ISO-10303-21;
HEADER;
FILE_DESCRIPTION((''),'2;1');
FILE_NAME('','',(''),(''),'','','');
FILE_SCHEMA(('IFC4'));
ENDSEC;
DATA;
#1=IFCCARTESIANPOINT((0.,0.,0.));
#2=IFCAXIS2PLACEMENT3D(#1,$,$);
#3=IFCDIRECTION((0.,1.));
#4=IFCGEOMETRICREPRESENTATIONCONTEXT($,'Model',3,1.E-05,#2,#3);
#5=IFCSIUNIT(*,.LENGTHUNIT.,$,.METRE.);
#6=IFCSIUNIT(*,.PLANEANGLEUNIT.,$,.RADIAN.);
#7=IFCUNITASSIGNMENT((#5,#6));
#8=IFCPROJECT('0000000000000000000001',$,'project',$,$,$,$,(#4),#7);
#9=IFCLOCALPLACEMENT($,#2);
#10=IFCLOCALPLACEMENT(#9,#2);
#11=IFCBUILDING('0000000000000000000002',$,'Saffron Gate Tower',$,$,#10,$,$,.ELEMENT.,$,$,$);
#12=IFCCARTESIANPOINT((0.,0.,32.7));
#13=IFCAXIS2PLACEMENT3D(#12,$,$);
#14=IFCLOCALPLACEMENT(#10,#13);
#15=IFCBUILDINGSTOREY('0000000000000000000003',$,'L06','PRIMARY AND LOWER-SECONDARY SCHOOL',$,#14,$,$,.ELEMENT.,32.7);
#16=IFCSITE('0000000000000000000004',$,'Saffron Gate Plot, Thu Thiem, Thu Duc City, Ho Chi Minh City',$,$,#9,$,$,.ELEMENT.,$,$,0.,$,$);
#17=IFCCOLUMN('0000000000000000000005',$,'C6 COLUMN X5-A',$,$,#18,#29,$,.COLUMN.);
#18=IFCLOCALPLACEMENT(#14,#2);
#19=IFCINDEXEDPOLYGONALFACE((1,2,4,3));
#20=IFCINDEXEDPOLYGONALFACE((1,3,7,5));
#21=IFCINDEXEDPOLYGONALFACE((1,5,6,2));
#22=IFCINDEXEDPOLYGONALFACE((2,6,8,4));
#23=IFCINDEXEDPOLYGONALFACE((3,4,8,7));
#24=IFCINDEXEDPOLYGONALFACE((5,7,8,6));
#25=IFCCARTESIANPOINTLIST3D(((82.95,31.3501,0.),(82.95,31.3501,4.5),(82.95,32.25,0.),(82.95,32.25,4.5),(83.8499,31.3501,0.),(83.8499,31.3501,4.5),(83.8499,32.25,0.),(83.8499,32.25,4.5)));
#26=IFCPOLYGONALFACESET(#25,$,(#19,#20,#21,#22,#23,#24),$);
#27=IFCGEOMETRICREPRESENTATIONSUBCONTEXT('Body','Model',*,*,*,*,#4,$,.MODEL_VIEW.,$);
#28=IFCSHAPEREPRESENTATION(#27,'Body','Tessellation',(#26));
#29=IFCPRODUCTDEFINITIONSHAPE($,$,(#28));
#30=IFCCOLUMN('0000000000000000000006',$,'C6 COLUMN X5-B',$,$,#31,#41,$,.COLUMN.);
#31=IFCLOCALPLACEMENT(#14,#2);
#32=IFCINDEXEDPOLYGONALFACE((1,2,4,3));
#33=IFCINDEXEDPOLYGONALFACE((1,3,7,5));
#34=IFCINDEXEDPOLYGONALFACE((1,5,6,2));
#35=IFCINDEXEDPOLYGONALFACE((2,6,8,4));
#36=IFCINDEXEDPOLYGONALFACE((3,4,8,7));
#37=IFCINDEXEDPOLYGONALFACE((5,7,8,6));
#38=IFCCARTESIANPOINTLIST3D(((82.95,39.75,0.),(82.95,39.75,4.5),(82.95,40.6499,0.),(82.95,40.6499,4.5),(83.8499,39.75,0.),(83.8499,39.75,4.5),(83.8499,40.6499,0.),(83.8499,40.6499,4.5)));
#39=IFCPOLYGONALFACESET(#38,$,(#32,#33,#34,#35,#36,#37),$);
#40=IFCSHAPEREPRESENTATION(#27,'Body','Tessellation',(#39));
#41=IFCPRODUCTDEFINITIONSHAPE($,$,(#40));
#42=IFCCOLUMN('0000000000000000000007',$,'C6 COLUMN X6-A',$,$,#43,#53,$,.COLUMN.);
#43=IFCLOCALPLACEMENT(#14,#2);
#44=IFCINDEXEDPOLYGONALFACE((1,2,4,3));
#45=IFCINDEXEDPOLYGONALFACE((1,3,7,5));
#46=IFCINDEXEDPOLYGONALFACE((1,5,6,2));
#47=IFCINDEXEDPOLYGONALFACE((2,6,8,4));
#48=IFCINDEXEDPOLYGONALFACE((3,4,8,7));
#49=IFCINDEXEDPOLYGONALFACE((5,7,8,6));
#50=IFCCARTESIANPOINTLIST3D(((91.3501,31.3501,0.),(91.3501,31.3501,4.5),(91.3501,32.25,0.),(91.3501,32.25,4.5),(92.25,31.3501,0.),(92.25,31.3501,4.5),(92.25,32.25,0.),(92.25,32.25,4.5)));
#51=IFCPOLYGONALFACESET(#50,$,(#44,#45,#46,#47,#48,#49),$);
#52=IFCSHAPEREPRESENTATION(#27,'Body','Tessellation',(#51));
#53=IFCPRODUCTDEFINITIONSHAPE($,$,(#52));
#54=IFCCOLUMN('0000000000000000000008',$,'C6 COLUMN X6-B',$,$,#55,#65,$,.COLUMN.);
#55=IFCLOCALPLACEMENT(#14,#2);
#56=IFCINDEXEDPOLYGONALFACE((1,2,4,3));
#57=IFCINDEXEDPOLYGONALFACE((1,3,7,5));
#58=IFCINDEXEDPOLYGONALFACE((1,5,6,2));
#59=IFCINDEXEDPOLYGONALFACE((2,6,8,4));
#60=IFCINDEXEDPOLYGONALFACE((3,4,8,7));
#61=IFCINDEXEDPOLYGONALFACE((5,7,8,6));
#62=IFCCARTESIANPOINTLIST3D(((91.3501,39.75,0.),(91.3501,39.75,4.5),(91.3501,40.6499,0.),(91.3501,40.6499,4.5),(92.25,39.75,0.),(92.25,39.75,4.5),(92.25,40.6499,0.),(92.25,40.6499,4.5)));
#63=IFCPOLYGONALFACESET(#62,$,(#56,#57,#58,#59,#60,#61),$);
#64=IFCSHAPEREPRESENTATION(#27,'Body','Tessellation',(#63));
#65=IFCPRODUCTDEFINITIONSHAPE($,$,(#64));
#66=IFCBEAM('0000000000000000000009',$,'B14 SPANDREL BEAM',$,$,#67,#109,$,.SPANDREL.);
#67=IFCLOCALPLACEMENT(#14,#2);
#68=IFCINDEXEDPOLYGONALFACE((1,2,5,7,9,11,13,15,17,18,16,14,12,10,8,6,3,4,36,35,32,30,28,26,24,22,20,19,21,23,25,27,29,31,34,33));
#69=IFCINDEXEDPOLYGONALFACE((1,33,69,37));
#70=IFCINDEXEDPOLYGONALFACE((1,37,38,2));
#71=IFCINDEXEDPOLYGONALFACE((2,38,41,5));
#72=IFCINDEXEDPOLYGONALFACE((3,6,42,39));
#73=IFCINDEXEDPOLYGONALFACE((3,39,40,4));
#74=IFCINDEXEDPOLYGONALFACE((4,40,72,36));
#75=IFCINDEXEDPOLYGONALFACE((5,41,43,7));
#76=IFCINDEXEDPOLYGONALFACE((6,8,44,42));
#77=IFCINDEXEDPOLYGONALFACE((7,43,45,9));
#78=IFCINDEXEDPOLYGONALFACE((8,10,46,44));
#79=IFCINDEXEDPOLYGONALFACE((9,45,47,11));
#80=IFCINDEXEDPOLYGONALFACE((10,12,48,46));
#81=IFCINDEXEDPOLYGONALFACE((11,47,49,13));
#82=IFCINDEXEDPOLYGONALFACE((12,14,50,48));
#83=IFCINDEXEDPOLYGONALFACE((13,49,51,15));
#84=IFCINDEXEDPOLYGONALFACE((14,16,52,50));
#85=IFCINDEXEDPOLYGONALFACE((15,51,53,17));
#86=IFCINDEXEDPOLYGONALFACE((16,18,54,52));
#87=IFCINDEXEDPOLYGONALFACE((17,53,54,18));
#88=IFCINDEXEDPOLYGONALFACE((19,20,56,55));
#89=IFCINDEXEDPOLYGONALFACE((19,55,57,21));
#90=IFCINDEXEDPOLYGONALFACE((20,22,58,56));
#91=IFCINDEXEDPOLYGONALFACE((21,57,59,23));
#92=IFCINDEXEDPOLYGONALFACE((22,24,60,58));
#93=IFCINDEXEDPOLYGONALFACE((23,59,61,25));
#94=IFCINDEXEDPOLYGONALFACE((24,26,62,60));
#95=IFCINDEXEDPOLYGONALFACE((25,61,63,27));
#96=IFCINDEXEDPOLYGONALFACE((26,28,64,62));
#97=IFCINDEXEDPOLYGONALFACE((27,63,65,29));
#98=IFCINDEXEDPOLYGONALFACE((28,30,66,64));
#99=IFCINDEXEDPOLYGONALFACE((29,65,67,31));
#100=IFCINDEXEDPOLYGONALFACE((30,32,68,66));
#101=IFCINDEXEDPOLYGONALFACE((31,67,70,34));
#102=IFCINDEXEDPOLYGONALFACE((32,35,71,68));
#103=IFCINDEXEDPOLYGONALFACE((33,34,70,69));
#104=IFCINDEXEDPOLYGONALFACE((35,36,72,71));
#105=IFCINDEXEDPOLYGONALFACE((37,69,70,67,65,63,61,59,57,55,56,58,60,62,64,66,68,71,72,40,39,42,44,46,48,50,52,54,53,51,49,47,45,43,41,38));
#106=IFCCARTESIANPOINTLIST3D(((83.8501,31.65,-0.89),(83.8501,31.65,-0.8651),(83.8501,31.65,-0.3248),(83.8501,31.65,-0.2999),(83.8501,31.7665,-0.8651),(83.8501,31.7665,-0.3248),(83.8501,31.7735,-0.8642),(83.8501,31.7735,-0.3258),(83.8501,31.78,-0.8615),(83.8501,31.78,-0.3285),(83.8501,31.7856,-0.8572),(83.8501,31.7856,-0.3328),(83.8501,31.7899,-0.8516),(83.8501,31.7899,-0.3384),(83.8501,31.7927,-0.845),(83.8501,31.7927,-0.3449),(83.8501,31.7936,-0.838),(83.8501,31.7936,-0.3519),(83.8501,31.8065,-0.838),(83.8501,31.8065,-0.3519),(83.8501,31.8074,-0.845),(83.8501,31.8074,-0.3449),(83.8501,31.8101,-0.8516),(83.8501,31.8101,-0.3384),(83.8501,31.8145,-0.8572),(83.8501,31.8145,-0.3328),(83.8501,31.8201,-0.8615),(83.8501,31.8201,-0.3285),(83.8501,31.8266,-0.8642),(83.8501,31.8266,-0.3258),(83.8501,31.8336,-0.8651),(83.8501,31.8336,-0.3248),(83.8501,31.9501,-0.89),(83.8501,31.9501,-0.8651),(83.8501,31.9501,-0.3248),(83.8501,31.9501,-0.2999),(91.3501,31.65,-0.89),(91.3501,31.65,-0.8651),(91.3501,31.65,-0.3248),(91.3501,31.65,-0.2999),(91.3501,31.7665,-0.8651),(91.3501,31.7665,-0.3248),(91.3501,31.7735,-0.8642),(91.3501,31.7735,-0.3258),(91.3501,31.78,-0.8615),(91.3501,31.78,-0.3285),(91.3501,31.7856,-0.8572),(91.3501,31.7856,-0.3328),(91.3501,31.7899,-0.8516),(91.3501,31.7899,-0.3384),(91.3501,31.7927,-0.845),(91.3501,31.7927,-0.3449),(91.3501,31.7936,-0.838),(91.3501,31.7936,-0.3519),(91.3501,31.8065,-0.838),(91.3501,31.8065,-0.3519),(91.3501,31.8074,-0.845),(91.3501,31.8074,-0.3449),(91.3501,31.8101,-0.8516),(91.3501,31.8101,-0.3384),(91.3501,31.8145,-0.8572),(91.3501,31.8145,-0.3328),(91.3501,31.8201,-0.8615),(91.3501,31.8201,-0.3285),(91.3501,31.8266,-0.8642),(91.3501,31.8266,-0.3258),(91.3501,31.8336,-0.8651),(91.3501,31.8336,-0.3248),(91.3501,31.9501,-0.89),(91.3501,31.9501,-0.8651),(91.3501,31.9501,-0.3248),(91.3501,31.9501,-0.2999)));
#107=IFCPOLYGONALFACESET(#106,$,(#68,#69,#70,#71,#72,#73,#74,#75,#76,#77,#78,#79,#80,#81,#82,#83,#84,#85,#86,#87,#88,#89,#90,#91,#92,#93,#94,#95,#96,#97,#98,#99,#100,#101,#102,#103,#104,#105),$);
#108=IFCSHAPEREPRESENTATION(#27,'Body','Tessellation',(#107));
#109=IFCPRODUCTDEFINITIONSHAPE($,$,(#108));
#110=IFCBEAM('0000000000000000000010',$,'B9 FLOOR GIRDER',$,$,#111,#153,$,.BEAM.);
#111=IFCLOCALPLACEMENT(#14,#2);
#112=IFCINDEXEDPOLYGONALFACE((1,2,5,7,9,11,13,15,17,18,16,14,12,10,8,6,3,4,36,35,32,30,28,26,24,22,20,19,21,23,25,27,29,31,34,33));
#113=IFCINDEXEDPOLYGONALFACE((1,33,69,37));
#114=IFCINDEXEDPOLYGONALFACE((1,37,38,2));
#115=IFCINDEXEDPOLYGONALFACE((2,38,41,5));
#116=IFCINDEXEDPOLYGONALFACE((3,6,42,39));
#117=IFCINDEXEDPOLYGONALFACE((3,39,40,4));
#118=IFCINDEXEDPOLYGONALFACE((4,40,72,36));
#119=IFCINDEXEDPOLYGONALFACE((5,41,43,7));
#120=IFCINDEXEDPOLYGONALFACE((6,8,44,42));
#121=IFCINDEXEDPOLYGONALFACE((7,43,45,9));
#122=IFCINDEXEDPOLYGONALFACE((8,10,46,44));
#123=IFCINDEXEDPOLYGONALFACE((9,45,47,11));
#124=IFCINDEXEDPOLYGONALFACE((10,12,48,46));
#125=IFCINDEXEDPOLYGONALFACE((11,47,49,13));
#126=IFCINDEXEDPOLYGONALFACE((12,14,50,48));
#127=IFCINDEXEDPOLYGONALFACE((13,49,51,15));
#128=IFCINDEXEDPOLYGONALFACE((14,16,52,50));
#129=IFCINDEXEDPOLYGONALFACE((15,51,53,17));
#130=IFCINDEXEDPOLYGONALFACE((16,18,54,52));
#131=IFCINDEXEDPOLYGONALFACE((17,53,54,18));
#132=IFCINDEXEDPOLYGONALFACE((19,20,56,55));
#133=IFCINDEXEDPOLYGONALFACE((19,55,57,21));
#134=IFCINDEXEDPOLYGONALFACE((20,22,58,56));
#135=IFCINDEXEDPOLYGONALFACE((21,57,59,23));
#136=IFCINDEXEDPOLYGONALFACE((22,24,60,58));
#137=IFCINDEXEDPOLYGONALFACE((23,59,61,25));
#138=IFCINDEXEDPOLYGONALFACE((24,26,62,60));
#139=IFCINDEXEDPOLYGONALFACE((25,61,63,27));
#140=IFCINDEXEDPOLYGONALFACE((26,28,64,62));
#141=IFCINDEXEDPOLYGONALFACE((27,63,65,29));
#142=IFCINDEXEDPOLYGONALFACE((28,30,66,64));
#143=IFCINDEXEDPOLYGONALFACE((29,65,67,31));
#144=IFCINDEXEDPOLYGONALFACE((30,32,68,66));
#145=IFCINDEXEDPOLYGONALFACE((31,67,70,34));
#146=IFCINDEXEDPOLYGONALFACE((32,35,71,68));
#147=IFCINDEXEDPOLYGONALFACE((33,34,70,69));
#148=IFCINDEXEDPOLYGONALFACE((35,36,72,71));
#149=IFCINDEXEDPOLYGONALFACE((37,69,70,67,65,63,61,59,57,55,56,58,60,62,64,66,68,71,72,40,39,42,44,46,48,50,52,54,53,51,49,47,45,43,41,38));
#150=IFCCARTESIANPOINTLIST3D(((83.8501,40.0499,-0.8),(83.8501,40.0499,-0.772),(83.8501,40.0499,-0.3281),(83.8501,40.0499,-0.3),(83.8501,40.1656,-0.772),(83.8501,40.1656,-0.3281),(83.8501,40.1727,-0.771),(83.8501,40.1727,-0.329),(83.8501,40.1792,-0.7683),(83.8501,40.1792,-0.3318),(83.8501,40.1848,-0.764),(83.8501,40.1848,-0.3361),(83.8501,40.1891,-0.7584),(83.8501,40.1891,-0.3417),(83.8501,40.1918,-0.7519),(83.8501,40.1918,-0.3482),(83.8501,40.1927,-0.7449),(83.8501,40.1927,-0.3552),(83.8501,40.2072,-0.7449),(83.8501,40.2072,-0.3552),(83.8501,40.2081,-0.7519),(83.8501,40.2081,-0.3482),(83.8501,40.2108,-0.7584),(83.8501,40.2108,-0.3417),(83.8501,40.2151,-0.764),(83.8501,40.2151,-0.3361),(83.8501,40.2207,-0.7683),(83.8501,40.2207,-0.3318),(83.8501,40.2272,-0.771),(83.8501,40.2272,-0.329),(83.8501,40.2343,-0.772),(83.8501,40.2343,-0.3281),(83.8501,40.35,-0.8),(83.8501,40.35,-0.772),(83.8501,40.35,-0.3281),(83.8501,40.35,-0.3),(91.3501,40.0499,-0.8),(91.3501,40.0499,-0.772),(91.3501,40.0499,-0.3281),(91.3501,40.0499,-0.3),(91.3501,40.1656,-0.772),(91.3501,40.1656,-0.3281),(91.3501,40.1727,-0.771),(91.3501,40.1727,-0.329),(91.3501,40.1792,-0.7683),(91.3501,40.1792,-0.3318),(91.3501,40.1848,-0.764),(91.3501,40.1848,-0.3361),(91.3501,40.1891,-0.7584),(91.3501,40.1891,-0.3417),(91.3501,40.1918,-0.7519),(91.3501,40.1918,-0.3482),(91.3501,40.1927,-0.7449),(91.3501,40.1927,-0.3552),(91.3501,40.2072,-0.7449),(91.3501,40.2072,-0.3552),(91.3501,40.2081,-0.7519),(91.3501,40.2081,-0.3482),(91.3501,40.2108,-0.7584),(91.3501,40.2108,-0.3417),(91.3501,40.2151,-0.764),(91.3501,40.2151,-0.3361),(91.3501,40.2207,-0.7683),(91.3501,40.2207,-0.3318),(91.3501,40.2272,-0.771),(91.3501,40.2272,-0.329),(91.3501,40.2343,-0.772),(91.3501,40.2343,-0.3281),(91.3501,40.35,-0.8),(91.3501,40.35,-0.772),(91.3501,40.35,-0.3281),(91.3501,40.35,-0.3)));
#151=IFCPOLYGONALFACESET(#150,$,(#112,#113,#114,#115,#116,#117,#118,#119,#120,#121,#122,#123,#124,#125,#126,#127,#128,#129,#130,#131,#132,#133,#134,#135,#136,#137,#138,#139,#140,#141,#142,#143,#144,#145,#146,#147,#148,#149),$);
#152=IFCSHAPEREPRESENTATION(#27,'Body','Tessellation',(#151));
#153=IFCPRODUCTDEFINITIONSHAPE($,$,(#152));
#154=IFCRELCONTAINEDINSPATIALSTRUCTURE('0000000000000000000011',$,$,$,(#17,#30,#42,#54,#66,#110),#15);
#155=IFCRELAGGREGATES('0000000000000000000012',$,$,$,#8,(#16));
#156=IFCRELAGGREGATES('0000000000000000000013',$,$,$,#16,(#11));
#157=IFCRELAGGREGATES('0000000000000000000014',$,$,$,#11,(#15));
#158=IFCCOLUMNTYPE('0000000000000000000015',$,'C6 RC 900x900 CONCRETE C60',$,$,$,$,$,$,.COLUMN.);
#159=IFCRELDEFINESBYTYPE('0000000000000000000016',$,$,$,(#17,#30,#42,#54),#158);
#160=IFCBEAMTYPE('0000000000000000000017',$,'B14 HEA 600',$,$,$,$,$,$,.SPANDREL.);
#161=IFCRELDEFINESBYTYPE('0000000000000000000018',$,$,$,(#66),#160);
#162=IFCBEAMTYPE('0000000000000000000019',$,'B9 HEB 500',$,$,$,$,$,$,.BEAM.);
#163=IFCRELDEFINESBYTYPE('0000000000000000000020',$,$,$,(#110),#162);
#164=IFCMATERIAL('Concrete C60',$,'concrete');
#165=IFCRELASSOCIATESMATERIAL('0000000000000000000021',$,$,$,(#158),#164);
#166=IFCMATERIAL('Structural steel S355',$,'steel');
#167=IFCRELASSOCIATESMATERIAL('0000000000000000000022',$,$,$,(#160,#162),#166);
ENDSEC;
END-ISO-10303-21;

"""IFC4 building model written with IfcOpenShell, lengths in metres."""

from ifc_helpers import new_model, si_unit, direction, frame, origin, origin_2d, place, context, subcontext, project, spatial, rectangle, i_section, extrude, material, material_profile, profile_set, type_object, element, save


model = new_model("IFC4")

# Units and contexts
model_context = context("Model", 3, precision=1e-05, world=origin(), true_north=direction((0.0, 1.0)))
body_context = subcontext(model_context, "Body", "Model", "MODEL_VIEW")
ifc_project = project(units=[si_unit("LENGTHUNIT", "METRE"), si_unit("PLANEANGLEUNIT", "RADIAN")], contexts=[model_context])

# Site, building, storey
site_placement = place(None, origin())
site = spatial("IfcSite", under=ifc_project, at=site_placement, Name="Saffron Gate Plot, Thu Thiem, Thu Duc City, Ho Chi Minh City", CompositionType="ELEMENT", RefElevation=0.0)
building_placement = place(site_placement, origin())
building = spatial("IfcBuilding", under=site, at=building_placement, Name="Saffron Gate Tower", CompositionType="ELEMENT")
storey_placement = place(building_placement, frame((0.0, 0.0, 32.7)))
storey = spatial("IfcBuildingStorey", under=building, at=storey_placement, Name="L06", Description="PRIMARY AND LOWER-SECONDARY SCHOOL", CompositionType="ELEMENT", Elevation=32.7)

# Columns
ifc_material_1 = material(Name="Concrete C60", Category="concrete")
ifc_material_profile_1 = material_profile(ifc_material_1, rectangle(XDim=0.8999, YDim=0.8999, at=origin_2d()))
ifc_profile_set_1 = profile_set([ifc_material_profile_1], Name="Concrete C60")
column_type = type_object("IfcColumnType", Name="C6 RC 900x900 CONCRETE C60", PredefinedType="COLUMN", material=ifc_profile_set_1)
for number, where, z_axis, x_axis, name in (
    (1, (83.3999, 31.8, 0.0), (0.0, 0.0, 1.0), (1.0, 0.0, 0.0), "C6 COLUMN X5-A"),
    (2, (83.3999, 40.2, 0.0), (0.0, 0.0, 1.0), (1.0, 0.0, 0.0), "C6 COLUMN X5-B"),
    (3, (91.8, 31.8, 0.0), (0.0, 0.0, 1.0), (1.0, 0.0, 0.0), "C6 COLUMN X6-A"),
    (4, (91.8, 40.2, 0.0), (0.0, 0.0, 1.0), (1.0, 0.0, 0.0), "C6 COLUMN X6-B"),
):
    element("IfcColumn", number, at=place(storey_placement, frame(where, z_axis=z_axis, x_axis=x_axis)), inside=storey, type_object=column_type, Name=name, PredefinedType="COLUMN", context=body_context, shape_type="SweptSolid", body=[
        extrude(rectangle(XDim=0.8999, YDim=0.8999, at=origin_2d()), origin(), (0.0, 0.0, 1.0), 4.5),
    ])

# Beams
ifc_material_2 = material(Name="Structural steel S355", Category="steel")
ifc_material_profile_2 = material_profile(ifc_material_2, i_section(OverallWidth=0.3, OverallDepth=0.5901, WebThickness=0.0129, FlangeThickness=0.0249, FilletRadius=0.0271, at=origin_2d()))
ifc_profile_set_2 = profile_set([ifc_material_profile_2], Name="Structural steel S355")
beam_type_1 = type_object("IfcBeamType", Name="B14 HEA 600", PredefinedType="SPANDREL", material=ifc_profile_set_2)
beam_1_placement = place(storey_placement, frame((83.8501, 31.8, -0.595), z_axis=(1.0, 0.0, 0.0), x_axis=(0.0, 1.0, 0.0)))
element("IfcBeam", 5, at=beam_1_placement, inside=storey, type_object=beam_type_1, Name="B14 SPANDREL BEAM", PredefinedType="SPANDREL", context=body_context, shape_type="SweptSolid", body=[
    extrude(i_section(OverallWidth=0.3, OverallDepth=0.5901, WebThickness=0.0129, FlangeThickness=0.0249, FilletRadius=0.0271, at=origin_2d()), origin(), (0.0, 0.0, 1.0), 7.5),
])
ifc_material_profile_3 = material_profile(ifc_material_2, i_section(OverallWidth=0.3, OverallDepth=0.5, WebThickness=0.0144, FlangeThickness=0.0281, FilletRadius=0.0271, at=origin_2d()))
ifc_profile_set_3 = profile_set([ifc_material_profile_3], Name="Structural steel S355")
beam_type_2 = type_object("IfcBeamType", Name="B9 HEB 500", PredefinedType="BEAM", material=ifc_profile_set_3)
beam_2_placement = place(storey_placement, frame((83.8501, 40.2, -0.55), z_axis=(1.0, 0.0, 0.0), x_axis=(0.0, 1.0, 0.0)))
element("IfcBeam", 6, at=beam_2_placement, inside=storey, type_object=beam_type_2, Name="B9 FLOOR GIRDER", PredefinedType="BEAM", context=body_context, shape_type="SweptSolid", body=[
    extrude(i_section(OverallWidth=0.3, OverallDepth=0.5, WebThickness=0.0144, FlangeThickness=0.0281, FilletRadius=0.0271, at=origin_2d()), origin(), (0.0, 0.0, 1.0), 7.5),
])

save(model, "model.ifc")
